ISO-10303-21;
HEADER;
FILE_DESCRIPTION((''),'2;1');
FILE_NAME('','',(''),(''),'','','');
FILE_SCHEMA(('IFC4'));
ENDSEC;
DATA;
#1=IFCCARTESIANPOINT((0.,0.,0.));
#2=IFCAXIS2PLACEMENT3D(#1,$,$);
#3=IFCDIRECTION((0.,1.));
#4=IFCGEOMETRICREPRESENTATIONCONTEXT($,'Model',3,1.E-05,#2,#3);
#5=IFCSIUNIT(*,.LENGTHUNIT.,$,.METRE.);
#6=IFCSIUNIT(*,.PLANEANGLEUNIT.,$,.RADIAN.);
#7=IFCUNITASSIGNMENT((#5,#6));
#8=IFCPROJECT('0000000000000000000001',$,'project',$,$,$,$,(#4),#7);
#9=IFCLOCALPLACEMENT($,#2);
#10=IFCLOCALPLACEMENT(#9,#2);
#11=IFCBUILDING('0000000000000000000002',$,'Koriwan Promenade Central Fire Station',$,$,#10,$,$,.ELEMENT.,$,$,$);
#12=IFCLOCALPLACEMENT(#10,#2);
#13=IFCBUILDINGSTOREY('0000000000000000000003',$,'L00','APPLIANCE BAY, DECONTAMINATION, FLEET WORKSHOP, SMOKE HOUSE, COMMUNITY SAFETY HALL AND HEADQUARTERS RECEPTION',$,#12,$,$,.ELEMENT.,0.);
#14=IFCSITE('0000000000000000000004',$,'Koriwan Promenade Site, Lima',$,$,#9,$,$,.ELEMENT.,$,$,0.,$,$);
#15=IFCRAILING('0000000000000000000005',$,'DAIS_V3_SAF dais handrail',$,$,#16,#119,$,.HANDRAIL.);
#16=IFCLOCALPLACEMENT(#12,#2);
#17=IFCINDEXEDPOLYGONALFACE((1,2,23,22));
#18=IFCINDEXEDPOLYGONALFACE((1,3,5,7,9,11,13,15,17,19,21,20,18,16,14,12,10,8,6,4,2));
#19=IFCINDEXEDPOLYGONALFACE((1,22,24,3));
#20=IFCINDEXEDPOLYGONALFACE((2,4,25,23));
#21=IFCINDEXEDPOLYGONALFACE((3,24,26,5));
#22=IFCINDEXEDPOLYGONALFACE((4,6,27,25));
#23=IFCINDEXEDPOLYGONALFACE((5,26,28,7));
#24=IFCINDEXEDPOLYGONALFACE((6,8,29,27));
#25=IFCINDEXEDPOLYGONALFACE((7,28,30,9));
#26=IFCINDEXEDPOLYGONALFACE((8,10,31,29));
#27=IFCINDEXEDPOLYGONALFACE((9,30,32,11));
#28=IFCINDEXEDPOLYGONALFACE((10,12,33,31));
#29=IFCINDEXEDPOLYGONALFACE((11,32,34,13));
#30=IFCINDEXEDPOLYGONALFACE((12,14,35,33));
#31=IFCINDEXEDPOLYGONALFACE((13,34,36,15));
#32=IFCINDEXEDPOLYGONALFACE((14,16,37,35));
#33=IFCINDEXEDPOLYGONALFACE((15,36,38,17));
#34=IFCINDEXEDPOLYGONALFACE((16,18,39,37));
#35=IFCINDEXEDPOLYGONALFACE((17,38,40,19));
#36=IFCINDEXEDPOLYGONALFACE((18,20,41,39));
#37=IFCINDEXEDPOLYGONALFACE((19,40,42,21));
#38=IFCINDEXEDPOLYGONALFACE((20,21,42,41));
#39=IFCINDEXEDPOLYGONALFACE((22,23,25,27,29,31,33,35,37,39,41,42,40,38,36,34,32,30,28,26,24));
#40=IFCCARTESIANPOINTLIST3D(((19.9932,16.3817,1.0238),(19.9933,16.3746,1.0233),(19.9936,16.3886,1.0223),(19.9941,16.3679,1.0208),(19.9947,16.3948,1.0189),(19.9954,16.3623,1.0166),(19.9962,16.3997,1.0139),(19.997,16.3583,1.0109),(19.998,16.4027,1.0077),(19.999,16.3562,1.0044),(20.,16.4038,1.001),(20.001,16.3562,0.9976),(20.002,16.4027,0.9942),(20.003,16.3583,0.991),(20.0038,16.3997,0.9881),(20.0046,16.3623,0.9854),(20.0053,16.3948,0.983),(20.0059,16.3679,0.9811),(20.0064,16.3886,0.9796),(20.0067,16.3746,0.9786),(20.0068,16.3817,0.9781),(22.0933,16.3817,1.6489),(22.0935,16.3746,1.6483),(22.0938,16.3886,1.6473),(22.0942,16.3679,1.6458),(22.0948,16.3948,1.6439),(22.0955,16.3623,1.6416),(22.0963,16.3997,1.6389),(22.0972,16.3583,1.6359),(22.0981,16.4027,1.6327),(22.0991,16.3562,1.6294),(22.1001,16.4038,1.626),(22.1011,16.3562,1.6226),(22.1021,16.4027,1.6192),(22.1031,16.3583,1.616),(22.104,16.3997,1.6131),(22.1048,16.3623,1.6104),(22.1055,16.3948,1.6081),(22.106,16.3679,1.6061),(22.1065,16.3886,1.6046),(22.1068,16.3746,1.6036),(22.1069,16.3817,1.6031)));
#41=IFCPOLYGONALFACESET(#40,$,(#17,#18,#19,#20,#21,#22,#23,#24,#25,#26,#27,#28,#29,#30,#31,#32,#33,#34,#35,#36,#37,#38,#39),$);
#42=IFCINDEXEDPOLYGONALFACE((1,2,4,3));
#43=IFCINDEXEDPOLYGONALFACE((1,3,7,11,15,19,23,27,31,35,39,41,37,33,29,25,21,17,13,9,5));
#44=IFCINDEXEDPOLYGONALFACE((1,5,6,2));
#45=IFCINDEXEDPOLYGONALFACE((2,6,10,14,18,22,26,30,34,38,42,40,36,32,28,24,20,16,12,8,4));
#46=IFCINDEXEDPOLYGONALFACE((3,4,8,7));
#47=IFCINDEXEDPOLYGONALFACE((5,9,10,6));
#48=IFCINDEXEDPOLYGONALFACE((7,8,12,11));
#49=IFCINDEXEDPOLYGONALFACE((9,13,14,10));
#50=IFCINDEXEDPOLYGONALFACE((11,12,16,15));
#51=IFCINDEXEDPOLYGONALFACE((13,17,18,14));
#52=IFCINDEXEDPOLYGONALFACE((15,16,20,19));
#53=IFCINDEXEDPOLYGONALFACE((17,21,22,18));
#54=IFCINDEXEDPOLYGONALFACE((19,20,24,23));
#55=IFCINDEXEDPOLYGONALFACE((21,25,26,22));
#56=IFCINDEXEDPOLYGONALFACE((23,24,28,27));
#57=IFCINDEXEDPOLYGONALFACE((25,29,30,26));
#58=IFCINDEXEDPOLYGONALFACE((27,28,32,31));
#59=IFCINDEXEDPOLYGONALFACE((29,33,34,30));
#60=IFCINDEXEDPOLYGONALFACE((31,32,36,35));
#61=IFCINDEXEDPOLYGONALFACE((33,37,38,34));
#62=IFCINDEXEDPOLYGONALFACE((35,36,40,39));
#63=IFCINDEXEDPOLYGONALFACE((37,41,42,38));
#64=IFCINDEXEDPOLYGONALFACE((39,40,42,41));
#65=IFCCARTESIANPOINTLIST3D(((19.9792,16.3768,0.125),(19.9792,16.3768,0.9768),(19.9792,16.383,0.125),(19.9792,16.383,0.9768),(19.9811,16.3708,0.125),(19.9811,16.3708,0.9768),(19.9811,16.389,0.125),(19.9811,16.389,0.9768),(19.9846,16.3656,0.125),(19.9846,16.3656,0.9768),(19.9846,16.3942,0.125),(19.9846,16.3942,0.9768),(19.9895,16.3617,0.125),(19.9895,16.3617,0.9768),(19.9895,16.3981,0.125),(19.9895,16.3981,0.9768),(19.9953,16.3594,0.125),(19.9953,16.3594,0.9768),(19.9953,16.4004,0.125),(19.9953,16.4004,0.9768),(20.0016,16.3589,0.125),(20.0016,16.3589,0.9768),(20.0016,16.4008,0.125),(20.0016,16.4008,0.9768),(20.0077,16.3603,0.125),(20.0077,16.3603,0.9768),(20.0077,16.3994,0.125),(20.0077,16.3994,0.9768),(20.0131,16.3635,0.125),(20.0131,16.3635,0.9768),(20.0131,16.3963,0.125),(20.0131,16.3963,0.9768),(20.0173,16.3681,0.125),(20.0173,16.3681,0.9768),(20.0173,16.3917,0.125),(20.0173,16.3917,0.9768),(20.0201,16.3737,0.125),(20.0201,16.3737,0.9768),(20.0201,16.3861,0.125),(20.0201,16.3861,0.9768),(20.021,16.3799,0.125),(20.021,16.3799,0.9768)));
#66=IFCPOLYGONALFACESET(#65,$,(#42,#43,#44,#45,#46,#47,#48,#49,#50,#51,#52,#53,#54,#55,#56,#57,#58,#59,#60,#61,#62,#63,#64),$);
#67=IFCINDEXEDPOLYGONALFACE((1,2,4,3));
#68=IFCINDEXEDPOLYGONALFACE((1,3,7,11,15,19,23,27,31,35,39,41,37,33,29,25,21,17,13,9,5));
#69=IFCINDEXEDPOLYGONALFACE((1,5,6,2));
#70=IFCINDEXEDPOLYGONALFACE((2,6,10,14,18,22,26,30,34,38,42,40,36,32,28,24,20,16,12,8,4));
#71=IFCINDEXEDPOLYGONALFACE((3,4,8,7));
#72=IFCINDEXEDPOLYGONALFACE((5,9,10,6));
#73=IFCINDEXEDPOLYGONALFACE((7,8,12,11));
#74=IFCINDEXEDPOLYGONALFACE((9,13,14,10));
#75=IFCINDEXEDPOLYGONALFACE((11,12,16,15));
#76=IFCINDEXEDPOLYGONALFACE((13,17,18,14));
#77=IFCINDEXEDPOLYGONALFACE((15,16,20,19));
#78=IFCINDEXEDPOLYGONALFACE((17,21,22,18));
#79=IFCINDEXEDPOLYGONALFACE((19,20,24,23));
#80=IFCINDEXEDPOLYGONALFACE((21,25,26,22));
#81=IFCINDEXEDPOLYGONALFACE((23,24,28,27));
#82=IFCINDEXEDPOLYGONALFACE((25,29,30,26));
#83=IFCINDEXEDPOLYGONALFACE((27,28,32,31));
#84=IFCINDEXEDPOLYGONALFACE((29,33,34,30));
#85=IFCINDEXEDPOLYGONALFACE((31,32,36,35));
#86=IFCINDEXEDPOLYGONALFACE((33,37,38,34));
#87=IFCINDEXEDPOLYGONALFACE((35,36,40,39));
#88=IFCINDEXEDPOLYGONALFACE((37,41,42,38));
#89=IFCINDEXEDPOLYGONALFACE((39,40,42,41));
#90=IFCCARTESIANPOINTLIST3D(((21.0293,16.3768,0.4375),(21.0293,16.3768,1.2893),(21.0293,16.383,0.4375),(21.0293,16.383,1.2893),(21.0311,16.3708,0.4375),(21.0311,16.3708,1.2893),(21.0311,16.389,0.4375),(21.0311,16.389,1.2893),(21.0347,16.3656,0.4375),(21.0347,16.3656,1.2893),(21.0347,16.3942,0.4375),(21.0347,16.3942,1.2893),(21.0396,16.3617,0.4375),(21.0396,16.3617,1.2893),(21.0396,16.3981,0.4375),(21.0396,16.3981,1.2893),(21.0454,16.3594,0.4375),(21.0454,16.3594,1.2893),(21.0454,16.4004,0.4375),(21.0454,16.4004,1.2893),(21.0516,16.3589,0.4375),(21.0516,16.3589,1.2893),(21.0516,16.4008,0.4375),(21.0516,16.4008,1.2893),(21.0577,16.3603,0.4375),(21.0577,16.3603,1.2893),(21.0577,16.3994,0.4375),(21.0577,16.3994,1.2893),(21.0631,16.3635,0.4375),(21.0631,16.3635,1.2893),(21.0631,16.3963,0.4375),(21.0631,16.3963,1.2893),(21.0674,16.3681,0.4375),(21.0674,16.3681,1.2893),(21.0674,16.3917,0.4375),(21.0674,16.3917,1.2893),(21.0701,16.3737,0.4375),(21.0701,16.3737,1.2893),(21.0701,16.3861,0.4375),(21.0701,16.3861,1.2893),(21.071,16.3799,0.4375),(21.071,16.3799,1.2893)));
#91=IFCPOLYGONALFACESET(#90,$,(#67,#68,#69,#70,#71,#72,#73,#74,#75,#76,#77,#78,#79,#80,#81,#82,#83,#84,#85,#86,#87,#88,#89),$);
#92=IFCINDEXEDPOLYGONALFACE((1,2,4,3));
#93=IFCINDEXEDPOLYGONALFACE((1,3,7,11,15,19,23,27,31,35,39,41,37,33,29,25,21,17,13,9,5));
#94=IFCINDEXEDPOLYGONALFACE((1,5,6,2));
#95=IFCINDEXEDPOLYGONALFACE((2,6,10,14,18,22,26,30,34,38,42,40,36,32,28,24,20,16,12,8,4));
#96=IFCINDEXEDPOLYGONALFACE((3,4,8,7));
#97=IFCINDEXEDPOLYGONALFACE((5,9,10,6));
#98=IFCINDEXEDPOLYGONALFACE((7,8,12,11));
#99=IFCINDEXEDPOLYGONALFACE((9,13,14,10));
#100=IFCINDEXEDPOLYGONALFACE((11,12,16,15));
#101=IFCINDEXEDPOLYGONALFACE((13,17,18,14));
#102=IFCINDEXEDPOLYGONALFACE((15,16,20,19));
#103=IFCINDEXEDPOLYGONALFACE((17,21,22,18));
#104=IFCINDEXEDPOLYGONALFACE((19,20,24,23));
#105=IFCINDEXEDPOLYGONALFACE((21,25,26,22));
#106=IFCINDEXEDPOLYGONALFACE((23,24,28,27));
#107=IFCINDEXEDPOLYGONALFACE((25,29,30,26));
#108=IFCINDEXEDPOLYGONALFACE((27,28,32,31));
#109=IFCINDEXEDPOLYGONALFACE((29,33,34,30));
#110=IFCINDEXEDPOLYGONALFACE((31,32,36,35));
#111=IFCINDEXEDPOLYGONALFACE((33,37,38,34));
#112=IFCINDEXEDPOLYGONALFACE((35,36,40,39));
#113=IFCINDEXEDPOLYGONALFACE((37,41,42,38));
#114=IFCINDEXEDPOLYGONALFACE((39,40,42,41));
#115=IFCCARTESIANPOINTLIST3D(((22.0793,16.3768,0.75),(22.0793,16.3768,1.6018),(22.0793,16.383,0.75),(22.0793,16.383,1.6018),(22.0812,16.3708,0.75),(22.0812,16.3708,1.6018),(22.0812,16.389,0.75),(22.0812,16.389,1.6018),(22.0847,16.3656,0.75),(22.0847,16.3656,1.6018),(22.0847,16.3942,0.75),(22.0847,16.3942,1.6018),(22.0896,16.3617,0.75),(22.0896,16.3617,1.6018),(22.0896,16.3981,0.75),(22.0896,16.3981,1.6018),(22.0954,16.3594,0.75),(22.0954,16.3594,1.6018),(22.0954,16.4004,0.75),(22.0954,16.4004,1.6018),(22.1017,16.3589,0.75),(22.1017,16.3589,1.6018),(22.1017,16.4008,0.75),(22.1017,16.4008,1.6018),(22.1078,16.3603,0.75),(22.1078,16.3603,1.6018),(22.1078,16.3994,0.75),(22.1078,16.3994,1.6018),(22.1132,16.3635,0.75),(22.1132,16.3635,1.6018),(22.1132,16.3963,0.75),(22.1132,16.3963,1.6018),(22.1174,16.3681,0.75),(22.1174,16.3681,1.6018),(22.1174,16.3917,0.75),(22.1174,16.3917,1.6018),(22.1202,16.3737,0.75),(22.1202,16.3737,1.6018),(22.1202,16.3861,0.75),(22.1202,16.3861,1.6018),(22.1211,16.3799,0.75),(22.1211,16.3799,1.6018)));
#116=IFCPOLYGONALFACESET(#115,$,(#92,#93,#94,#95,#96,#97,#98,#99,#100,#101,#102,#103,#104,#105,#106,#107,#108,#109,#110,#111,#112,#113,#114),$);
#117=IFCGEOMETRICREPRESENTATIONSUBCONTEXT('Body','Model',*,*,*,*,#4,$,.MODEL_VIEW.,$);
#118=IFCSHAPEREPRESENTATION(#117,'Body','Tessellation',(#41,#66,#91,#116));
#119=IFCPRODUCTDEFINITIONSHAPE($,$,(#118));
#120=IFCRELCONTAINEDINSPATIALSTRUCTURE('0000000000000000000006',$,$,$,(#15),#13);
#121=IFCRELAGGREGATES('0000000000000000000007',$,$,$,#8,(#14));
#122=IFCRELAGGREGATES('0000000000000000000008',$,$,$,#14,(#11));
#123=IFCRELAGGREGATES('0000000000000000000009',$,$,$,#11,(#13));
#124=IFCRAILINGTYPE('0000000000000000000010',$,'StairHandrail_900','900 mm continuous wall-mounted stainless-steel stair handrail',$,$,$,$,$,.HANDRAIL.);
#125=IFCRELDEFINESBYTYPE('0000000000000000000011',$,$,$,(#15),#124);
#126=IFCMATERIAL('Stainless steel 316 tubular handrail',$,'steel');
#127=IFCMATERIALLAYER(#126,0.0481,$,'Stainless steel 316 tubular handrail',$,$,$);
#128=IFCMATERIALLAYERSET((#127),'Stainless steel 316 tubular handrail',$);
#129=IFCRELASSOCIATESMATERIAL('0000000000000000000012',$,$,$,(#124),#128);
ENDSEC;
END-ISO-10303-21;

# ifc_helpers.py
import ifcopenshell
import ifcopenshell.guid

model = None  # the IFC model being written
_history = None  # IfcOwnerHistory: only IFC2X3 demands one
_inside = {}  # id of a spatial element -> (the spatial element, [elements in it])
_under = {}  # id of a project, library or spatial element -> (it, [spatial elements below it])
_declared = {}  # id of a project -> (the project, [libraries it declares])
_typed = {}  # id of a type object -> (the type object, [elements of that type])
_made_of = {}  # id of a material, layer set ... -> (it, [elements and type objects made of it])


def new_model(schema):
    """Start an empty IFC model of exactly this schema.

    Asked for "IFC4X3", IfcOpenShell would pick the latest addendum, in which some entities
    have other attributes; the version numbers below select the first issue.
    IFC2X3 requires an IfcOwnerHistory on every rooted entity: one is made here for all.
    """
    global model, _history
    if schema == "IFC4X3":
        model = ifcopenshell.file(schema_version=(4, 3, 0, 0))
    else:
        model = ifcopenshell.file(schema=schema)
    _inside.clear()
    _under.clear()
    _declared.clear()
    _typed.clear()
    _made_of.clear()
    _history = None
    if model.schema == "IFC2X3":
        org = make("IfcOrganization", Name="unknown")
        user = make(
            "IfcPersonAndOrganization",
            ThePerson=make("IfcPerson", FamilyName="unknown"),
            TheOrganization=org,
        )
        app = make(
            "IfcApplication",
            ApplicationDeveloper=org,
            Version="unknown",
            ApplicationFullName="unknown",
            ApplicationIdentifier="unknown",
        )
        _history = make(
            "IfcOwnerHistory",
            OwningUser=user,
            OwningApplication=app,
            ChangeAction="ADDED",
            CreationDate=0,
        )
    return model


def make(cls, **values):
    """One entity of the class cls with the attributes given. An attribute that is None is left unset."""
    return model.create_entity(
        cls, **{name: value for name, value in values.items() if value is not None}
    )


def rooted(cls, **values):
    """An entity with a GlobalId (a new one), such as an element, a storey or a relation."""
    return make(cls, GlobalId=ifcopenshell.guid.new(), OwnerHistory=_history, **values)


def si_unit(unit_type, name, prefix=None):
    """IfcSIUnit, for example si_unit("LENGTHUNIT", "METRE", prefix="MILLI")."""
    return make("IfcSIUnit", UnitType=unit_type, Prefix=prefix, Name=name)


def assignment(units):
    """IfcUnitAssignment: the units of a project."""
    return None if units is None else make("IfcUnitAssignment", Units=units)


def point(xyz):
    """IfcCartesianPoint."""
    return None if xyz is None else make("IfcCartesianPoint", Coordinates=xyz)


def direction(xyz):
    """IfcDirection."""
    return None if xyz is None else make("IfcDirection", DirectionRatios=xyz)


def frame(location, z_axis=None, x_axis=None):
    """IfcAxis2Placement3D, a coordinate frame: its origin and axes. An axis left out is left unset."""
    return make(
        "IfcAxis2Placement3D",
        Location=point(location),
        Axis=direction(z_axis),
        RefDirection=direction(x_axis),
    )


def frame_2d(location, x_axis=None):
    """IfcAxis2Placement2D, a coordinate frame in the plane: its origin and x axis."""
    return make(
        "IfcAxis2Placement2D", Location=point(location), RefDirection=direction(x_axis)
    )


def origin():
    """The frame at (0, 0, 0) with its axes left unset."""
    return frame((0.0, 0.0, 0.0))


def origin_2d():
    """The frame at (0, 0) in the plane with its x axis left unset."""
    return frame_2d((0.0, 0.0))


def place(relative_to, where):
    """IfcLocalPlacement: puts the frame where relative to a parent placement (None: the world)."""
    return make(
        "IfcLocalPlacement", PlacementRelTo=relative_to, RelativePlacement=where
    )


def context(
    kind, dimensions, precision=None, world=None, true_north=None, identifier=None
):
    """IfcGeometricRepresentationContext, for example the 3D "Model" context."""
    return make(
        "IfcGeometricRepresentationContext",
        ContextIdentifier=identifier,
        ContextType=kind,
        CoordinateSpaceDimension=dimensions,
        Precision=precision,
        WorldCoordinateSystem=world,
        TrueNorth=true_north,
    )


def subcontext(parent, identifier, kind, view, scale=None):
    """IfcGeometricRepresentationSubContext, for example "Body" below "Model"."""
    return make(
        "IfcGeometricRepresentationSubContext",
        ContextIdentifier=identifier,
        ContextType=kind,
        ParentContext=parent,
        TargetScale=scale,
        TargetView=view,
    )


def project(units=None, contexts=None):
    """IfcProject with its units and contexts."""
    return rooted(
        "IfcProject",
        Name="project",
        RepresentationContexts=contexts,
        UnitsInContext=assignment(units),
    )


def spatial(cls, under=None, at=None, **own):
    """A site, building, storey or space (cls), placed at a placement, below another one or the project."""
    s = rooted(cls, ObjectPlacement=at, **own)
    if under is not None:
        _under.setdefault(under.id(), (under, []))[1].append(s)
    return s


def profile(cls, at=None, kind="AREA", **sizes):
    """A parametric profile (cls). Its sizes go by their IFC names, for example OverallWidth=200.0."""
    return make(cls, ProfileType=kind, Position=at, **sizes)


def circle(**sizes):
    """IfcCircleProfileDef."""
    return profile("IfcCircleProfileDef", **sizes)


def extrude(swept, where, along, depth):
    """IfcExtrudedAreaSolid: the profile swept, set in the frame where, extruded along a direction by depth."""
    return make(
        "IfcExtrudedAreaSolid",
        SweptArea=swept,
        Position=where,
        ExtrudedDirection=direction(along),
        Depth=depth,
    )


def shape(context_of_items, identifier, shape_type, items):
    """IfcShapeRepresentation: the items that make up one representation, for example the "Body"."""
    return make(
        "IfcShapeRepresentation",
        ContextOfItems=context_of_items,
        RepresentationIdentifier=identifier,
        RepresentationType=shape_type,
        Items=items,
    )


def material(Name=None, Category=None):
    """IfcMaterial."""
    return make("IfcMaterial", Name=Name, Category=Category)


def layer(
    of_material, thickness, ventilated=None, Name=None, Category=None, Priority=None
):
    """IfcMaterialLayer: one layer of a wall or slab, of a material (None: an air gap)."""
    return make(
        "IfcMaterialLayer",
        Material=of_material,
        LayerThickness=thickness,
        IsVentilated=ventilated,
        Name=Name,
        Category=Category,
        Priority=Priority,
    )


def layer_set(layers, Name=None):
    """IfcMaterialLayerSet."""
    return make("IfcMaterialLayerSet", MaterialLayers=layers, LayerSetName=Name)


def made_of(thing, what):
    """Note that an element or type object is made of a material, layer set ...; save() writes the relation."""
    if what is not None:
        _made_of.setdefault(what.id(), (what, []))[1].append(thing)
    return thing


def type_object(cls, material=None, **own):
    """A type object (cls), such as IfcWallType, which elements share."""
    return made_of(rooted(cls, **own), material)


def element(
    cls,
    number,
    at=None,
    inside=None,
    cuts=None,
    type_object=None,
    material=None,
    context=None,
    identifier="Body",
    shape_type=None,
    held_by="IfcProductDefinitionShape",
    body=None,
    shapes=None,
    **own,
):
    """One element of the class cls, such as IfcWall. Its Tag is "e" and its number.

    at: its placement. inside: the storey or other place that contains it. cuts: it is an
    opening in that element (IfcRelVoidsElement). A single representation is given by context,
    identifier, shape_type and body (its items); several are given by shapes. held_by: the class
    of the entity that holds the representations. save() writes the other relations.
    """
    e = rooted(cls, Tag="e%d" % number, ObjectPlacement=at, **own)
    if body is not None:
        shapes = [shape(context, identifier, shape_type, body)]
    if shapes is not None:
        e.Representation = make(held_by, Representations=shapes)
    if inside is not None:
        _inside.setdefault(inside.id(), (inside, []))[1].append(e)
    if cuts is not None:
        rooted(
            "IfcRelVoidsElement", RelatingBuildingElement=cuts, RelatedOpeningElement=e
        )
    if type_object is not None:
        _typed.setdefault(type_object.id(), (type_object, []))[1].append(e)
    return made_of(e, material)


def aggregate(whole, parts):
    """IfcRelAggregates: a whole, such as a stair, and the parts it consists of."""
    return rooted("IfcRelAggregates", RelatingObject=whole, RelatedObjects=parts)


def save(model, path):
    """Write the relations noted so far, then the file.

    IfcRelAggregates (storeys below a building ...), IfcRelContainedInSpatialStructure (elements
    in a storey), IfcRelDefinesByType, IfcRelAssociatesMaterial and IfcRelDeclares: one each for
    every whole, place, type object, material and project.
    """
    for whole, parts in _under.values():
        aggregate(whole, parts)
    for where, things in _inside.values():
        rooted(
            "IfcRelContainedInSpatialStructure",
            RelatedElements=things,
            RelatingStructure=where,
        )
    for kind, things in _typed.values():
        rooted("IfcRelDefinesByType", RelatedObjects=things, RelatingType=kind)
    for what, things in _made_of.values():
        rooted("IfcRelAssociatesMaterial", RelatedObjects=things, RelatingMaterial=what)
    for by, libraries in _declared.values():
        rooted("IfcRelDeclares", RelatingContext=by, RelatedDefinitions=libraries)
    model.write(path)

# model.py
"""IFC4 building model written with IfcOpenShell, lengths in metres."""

from ifc_helpers import new_model, si_unit, direction, frame, origin, origin_2d, place, context, subcontext, project, spatial, circle, extrude, material, layer, layer_set, type_object, element, save


model = new_model("IFC4")

# Units and contexts
model_context = context("Model", 3, precision=1e-05, world=origin(), true_north=direction((0.0, 1.0)))
body_context = subcontext(model_context, "Body", "Model", "MODEL_VIEW")
ifc_project = project(units=[si_unit("LENGTHUNIT", "METRE"), si_unit("PLANEANGLEUNIT", "RADIAN")], contexts=[model_context])

# Site, building, storey
site_placement = place(None, origin())
site = spatial("IfcSite", under=ifc_project, at=site_placement, Name="Koriwan Promenade Site, Lima", CompositionType="ELEMENT", RefElevation=0.0)
building_placement = place(site_placement, origin())
building = spatial("IfcBuilding", under=site, at=building_placement, Name="Koriwan Promenade Central Fire Station", CompositionType="ELEMENT")
storey_placement = place(building_placement, origin())
storey = spatial("IfcBuildingStorey", under=building, at=storey_placement, Name="L00", Description="APPLIANCE BAY, DECONTAMINATION, FLEET WORKSHOP, SMOKE HOUSE, COMMUNITY SAFETY HALL AND HEADQUARTERS RECEPTION", CompositionType="ELEMENT", Elevation=0.0)

# Railing
ifc_material_1 = material(Name="Stainless steel 316 tubular handrail", Category="steel")
ifc_layer_1 = layer(ifc_material_1, 0.0481, Name="Stainless steel 316 tubular handrail")
ifc_layer_set_1 = layer_set([ifc_layer_1], Name="Stainless steel 316 tubular handrail")
railing_type_1 = type_object("IfcRailingType", Name="StairHandrail_900", Description="900 mm continuous wall-mounted stainless-steel stair handrail", PredefinedType="HANDRAIL", material=ifc_layer_set_1)
railing_1_placement = place(storey_placement, frame((20.0, 16.3799, 0.125)))
element("IfcRailing", 1, at=railing_1_placement, inside=storey, type_object=railing_type_1, Name="DAIS_V3_SAF dais handrail", PredefinedType="HANDRAIL", context=body_context, shape_type="SweptSolid", body=[
    extrude(circle(Radius=0.0239, at=origin_2d()), frame((0.0, 0.0, 0.876), z_axis=(0.958456, 0.0, 0.285241), x_axis=(0.0, 1.0, 0.0)), (0.0, 0.0, 1.0), 2.1912),
    extrude(circle(Radius=0.021, at=origin_2d()), origin(), (0.0, 0.0, 1.0), 0.8518),
    extrude(circle(Radius=0.021, at=origin_2d()), frame((1.05, 0.0, 0.3125)), (0.0, 0.0, 1.0), 0.8518),
    extrude(circle(Radius=0.021, at=origin_2d()), frame((2.1001, 0.0, 0.625)), (0.0, 0.0, 1.0), 0.8518),
])

save(model, "model.ifc")
